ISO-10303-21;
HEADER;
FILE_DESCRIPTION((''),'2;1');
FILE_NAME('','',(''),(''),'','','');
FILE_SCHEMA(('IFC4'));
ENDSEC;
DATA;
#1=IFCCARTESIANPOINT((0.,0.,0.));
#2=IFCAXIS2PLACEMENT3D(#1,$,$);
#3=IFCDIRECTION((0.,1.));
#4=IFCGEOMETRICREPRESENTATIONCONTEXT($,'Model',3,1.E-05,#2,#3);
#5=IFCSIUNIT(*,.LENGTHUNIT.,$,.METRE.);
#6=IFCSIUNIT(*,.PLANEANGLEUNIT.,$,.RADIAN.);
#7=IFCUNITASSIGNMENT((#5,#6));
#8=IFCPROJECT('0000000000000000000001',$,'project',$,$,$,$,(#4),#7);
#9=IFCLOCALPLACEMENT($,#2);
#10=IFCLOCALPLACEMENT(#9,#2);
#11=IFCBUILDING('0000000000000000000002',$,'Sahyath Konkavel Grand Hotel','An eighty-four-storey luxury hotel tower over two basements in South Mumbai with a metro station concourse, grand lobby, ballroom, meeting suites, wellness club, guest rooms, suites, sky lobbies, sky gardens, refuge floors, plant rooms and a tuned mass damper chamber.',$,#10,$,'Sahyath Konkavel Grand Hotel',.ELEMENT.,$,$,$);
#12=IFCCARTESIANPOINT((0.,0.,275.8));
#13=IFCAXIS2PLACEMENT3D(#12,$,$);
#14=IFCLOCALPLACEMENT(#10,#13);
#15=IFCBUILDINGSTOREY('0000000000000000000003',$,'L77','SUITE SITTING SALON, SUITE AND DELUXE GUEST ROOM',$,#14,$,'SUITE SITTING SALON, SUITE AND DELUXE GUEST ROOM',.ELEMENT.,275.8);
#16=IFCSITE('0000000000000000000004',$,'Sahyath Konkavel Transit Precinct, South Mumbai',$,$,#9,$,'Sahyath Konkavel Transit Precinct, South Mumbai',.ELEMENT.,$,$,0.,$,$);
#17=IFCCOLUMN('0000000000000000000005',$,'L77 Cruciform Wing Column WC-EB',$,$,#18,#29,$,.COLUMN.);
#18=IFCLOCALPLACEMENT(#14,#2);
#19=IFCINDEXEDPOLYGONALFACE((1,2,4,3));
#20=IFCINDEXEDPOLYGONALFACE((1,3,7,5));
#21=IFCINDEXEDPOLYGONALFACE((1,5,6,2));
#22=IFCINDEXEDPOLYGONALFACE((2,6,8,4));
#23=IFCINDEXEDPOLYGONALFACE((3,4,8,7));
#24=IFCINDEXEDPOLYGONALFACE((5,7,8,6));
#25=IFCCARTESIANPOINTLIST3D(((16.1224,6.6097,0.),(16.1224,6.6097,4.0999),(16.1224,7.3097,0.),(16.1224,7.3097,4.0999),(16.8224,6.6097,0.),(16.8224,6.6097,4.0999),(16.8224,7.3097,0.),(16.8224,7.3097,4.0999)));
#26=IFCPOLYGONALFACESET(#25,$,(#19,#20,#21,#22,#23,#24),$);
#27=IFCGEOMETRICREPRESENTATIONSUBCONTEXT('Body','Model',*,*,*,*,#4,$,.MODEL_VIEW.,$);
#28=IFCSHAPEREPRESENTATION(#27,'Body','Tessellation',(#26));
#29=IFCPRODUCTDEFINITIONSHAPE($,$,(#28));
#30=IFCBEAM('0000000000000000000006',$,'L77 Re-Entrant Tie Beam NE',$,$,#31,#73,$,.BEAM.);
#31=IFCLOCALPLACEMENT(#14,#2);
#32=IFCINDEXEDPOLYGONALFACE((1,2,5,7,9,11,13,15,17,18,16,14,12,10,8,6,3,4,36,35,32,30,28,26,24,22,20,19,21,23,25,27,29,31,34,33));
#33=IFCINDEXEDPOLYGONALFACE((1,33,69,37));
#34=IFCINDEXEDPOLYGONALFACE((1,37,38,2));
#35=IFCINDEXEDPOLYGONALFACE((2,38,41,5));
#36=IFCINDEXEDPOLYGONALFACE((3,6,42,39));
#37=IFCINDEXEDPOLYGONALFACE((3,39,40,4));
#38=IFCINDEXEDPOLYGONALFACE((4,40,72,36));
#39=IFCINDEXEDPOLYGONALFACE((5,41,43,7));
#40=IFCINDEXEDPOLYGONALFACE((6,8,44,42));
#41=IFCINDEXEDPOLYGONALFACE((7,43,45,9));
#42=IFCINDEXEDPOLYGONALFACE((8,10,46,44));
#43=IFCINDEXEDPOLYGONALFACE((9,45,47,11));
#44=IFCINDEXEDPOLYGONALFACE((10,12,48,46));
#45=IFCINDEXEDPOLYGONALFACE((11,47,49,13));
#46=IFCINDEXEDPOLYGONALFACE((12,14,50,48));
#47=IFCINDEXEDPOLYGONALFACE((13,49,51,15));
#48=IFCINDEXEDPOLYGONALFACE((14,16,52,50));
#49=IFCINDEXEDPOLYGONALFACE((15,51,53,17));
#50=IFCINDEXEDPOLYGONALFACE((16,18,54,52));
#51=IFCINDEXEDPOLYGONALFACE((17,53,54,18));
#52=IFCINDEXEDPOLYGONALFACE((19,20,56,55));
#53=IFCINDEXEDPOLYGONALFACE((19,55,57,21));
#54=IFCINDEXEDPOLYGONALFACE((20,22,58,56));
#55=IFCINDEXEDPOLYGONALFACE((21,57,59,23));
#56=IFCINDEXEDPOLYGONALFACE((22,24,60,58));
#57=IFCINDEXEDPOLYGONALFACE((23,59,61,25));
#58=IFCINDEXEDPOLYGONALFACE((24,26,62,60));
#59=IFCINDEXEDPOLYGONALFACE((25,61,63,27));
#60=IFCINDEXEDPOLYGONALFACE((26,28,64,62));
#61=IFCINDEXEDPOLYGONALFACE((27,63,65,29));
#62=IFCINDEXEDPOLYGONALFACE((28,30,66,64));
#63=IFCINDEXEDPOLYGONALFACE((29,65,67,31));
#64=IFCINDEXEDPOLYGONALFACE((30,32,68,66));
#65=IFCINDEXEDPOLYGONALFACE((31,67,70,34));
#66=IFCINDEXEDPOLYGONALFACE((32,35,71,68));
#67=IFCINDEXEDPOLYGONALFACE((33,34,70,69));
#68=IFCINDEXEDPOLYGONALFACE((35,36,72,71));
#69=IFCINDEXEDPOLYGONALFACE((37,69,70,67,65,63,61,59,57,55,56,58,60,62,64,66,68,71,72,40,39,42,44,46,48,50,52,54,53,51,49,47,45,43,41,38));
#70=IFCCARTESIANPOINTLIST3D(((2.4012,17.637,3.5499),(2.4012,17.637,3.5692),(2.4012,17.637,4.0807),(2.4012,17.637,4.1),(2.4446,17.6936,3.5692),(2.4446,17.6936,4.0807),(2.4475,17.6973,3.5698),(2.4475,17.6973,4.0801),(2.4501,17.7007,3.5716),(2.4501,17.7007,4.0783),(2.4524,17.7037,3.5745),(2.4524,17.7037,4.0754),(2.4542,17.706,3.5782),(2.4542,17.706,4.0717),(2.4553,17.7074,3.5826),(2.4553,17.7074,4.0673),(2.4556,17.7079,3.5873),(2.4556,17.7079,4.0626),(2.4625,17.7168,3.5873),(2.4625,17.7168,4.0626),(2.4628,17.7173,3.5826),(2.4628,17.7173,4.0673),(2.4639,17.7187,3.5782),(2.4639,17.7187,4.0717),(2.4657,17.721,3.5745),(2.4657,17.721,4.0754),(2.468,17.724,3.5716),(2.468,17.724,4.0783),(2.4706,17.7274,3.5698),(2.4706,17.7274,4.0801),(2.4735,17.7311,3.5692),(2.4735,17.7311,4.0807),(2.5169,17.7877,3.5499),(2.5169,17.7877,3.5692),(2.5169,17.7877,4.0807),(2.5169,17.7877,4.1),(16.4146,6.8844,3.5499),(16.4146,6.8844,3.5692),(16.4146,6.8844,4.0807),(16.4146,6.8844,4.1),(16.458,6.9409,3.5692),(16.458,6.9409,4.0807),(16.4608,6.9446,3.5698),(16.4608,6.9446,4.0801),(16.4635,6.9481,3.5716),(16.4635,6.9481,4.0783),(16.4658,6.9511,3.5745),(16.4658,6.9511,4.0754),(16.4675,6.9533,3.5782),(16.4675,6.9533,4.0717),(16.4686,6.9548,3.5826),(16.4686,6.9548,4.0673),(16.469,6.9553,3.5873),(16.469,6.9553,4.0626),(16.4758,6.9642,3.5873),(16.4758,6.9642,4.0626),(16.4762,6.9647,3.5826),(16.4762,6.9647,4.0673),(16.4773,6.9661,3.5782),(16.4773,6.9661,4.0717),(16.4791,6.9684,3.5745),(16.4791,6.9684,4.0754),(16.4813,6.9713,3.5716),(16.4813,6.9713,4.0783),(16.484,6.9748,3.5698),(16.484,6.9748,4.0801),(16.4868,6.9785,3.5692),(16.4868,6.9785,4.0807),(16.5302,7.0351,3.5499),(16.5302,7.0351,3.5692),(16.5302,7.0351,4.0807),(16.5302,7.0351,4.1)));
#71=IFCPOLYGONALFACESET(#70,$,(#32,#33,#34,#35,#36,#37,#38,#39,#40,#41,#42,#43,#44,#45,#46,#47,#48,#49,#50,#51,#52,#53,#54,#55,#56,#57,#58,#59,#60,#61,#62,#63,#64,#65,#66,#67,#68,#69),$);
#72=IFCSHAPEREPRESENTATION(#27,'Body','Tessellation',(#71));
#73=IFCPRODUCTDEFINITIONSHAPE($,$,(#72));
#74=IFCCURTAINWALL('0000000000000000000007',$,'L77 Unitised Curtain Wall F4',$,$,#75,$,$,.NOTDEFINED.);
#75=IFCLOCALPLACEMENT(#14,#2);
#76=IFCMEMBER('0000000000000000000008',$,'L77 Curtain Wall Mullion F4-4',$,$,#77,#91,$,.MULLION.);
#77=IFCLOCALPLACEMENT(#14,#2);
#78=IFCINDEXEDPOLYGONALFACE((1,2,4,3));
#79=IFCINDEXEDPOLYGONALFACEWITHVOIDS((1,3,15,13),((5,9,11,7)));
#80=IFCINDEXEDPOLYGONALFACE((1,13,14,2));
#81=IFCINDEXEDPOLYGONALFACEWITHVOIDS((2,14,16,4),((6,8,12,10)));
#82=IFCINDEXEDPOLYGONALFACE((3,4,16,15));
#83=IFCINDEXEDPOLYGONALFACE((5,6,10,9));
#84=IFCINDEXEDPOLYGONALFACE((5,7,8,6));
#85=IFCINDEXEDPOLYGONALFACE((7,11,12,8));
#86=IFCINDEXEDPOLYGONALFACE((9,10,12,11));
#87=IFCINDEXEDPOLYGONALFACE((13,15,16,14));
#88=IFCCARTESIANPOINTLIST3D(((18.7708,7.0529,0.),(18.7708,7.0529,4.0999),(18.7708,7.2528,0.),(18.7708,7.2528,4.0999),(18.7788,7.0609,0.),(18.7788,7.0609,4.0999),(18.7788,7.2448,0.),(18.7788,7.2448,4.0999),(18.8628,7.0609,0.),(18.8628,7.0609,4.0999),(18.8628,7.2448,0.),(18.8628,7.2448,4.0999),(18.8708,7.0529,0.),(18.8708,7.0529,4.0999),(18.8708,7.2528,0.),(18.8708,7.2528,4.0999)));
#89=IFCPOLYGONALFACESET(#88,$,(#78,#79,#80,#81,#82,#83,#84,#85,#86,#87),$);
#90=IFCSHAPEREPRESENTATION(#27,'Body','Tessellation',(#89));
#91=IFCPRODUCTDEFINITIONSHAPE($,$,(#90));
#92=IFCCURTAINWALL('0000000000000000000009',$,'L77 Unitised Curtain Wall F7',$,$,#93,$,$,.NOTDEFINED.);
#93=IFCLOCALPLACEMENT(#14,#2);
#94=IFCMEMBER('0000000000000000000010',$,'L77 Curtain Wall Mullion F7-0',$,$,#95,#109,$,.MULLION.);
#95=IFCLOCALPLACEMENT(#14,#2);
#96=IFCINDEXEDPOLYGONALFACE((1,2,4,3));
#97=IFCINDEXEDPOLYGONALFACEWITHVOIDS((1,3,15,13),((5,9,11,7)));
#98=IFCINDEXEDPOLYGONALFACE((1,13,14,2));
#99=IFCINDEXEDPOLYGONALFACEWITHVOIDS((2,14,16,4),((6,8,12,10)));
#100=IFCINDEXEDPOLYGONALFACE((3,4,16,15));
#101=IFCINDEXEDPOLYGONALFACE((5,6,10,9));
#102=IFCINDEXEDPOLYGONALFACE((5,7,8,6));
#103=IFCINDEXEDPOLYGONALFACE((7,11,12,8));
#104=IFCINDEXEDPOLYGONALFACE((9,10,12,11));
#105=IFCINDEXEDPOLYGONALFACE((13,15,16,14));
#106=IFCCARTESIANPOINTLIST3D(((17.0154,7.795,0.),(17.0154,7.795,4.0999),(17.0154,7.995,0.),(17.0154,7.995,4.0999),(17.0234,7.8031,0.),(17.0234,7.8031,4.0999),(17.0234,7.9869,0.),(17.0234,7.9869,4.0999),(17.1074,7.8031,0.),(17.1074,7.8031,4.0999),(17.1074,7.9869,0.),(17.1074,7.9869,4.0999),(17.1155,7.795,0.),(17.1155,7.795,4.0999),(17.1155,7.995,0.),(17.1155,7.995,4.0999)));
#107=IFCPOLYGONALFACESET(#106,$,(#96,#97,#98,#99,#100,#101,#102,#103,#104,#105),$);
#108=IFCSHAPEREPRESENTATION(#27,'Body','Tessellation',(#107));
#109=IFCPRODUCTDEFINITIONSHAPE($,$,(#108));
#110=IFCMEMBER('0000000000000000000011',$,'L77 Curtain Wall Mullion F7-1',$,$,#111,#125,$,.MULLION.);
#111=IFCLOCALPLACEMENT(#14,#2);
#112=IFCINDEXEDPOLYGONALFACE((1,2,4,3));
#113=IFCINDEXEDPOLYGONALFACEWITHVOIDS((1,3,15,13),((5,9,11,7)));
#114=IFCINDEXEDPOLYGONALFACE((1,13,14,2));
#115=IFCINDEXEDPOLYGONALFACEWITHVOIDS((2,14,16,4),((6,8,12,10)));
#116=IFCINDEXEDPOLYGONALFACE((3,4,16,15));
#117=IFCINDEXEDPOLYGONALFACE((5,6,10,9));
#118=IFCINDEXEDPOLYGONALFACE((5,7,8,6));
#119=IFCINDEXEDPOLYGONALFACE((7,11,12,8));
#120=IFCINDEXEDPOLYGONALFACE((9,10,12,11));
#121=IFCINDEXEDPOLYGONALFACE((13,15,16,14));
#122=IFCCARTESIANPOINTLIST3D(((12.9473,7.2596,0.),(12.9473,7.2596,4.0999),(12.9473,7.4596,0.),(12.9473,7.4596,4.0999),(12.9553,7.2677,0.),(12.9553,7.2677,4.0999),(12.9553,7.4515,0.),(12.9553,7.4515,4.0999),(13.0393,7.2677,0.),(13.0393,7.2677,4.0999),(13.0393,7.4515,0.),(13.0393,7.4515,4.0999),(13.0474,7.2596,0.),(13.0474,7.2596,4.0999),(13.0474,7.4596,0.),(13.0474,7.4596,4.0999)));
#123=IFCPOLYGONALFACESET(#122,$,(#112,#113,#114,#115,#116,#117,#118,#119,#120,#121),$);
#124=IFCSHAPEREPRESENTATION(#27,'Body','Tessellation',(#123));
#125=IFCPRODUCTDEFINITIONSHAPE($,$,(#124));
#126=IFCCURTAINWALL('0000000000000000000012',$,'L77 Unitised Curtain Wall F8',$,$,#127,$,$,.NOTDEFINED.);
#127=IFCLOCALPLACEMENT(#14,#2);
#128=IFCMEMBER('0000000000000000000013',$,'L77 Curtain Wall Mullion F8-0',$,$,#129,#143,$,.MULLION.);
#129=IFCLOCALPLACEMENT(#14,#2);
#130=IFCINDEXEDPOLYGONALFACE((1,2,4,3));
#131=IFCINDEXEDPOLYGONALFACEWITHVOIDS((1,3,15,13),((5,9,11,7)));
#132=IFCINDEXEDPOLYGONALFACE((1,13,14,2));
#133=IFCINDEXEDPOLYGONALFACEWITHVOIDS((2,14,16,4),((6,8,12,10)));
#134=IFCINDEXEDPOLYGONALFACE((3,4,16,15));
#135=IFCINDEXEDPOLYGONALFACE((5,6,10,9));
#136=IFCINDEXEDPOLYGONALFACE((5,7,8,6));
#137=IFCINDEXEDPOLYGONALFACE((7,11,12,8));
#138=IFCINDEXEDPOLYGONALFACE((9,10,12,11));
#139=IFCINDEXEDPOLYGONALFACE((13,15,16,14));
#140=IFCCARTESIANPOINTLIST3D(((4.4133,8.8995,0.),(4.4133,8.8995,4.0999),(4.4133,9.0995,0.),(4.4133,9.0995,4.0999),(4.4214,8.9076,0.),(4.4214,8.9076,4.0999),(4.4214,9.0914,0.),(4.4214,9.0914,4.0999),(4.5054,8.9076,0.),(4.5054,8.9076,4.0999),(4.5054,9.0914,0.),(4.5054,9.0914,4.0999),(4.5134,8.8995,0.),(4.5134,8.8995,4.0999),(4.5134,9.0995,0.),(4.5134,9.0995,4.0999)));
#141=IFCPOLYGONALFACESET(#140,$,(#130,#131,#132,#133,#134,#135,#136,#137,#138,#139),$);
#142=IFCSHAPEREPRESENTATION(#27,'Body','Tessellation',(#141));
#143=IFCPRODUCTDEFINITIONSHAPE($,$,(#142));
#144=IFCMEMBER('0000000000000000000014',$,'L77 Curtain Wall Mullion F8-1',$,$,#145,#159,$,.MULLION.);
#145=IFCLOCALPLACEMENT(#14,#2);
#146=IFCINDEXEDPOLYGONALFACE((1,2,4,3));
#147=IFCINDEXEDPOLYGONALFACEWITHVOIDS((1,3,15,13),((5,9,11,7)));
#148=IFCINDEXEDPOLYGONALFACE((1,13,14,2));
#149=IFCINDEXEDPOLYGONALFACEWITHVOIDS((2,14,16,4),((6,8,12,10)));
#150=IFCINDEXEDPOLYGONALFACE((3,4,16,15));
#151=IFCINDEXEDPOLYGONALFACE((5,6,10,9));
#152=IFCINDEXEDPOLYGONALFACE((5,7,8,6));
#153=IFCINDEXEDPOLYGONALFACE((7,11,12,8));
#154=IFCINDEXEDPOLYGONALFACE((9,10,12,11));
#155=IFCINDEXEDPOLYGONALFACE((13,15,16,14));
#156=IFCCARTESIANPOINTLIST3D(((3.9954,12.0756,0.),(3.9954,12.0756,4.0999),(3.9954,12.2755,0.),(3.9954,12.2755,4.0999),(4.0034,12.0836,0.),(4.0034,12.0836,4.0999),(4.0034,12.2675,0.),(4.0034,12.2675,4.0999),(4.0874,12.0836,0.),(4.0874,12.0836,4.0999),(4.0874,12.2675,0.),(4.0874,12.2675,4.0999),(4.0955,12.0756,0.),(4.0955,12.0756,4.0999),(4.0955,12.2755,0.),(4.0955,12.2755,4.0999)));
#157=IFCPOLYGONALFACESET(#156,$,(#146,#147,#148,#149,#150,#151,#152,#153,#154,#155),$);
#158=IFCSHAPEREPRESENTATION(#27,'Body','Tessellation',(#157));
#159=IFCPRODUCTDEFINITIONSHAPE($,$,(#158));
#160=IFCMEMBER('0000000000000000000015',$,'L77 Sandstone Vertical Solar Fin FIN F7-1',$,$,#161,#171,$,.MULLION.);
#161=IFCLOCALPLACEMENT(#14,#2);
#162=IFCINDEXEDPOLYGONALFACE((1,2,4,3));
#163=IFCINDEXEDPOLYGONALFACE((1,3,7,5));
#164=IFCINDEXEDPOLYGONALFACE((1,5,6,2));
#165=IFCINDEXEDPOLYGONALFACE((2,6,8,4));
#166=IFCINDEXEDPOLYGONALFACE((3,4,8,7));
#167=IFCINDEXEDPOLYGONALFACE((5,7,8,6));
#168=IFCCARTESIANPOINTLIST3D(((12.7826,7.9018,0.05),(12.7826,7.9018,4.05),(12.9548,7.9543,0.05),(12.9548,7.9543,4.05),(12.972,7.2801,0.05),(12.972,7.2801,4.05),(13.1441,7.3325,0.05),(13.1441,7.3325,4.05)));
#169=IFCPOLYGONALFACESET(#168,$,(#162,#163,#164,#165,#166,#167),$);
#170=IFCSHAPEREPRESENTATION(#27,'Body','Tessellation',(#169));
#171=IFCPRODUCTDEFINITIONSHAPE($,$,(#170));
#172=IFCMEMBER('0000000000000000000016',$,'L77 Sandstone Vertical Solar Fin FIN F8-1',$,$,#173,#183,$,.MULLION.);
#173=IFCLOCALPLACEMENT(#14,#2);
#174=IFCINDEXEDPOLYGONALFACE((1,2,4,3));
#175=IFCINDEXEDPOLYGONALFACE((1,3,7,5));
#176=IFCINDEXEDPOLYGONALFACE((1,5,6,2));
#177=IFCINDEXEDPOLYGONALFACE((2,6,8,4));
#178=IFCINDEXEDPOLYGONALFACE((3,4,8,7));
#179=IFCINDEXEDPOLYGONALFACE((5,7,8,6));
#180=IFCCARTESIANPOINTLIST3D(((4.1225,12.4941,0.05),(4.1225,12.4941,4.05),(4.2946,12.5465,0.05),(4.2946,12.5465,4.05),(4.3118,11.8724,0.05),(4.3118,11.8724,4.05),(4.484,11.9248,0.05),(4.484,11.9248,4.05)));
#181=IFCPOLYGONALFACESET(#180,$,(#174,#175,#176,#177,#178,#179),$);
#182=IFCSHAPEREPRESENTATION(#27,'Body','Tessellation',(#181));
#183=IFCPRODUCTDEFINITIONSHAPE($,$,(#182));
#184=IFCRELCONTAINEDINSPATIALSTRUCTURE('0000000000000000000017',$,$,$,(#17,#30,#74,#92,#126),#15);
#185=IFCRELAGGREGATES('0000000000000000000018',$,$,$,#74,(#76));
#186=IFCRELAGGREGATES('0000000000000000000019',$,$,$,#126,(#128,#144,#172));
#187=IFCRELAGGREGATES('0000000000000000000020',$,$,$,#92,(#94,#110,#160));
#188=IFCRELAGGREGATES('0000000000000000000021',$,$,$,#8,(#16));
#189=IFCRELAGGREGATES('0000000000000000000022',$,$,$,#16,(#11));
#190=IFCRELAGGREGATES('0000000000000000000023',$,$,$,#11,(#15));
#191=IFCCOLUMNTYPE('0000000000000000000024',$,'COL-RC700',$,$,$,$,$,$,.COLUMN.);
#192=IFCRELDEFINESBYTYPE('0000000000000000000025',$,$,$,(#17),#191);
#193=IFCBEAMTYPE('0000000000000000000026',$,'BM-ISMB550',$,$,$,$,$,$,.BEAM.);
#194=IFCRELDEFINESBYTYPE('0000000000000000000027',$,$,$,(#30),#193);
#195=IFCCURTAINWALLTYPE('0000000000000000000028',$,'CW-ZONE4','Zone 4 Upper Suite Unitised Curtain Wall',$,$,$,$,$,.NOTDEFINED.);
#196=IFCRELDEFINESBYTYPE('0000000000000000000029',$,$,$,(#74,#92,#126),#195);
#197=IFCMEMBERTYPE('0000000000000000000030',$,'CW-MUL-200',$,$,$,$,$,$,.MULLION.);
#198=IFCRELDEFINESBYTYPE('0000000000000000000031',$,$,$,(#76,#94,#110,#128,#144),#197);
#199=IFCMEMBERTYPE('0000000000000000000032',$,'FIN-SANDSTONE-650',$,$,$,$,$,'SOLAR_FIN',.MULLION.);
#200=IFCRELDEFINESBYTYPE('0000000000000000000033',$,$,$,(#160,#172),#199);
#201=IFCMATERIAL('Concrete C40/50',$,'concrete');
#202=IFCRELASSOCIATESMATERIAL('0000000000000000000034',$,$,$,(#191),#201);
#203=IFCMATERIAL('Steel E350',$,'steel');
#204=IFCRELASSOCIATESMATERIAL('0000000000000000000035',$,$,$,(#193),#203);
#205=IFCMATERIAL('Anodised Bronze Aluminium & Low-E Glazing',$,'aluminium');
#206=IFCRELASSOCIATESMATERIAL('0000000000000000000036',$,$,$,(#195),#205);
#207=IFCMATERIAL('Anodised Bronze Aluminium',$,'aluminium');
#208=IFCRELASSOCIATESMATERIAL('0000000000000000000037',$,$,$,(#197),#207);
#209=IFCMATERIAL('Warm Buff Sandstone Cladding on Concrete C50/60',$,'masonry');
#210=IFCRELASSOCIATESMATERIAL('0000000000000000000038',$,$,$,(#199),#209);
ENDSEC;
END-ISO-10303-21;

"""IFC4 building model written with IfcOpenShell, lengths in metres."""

from ifc_helpers import new_model, si_unit, direction, frame, origin, origin_2d, place, context, subcontext, project, spatial, rectangle, hollow_rectangle, i_section, extrude, source, transform, mapped, material, material_profile, profile_set, type_object, element, aggregate, save


model = new_model("IFC4")

# Units and contexts
model_context = context("Model", 3, precision=1e-05, world=origin(), true_north=direction((0.0, 1.0)))
body_context = subcontext(model_context, "Body", "Model", "MODEL_VIEW")
ifc_project = project(units=[si_unit("LENGTHUNIT", "METRE"), si_unit("PLANEANGLEUNIT", "RADIAN")], contexts=[model_context])

# Site, building, storey
site_placement = place(None, origin())
site = spatial("IfcSite", under=ifc_project, at=site_placement, Name="Sahyath Konkavel Transit Precinct, South Mumbai", LongName="Sahyath Konkavel Transit Precinct, South Mumbai", CompositionType="ELEMENT", RefElevation=0.0)
building_placement = place(site_placement, origin())
building = spatial("IfcBuilding", under=site, at=building_placement, Name="Sahyath Konkavel Grand Hotel", Description="An eighty-four-storey luxury hotel tower over two basements in South Mumbai with a metro station concourse, grand lobby, ballroom, meeting suites, wellness club, guest rooms, suites, sky lobbies, sky gardens, refuge floors, plant rooms and a tuned mass damper chamber.", LongName="Sahyath Konkavel Grand Hotel", CompositionType="ELEMENT")
storey_placement = place(building_placement, frame((0.0, 0.0, 275.8)))
storey = spatial("IfcBuildingStorey", under=building, at=storey_placement, Name="L77", Description="SUITE SITTING SALON, SUITE AND DELUXE GUEST ROOM", LongName="SUITE SITTING SALON, SUITE AND DELUXE GUEST ROOM", CompositionType="ELEMENT", Elevation=275.8)

# Column
ifc_material_1 = material(Name="Concrete C40/50", Category="concrete")
ifc_material_profile_1 = material_profile(ifc_material_1, rectangle(XDim=0.7, YDim=0.7, at=origin_2d()), Name="RC 700x700")
ifc_profile_set_1 = profile_set([ifc_material_profile_1], Name="Concrete C40/50")
column_type = type_object("IfcColumnType", Name="COL-RC700", PredefinedType="COLUMN", material=ifc_profile_set_1)
shared_shape_1 = source(origin(), body_context, "Body", "SweptSolid", [
    extrude(rectangle(XDim=0.7, YDim=0.7, at=origin_2d()), origin(), (0.0, 0.0, 1.0), 4.0999),
])
column_placement = place(storey_placement, frame((16.4724, 6.9597, 0.0), z_axis=(0.0, 0.0, 1.0), x_axis=(1.0, 0.0, 0.0)))
element("IfcColumn", 1, at=column_placement, inside=storey, type_object=column_type, Name="L77 Cruciform Wing Column WC-EB", PredefinedType="COLUMN", context=body_context, shape_type="MappedRepresentation", body=[
    mapped(shared_shape_1, transform((0.0, 0.0, 0.0), scale=1.0)),
])

# Beam
ifc_material_2 = material(Name="Steel E350", Category="steel")
ifc_material_profile_2 = material_profile(ifc_material_2, i_section(OverallWidth=0.1899, OverallDepth=0.55, WebThickness=0.0112, FlangeThickness=0.0193, FilletRadius=0.0181, at=origin_2d()), Name="ISMB 550")
ifc_profile_set_2 = profile_set([ifc_material_profile_2], Name="Steel E350")
beam_type = type_object("IfcBeamType", Name="BM-ISMB550", PredefinedType="BEAM", material=ifc_profile_set_2)
shared_shape_2 = source(origin(), body_context, "Body", "SweptSolid", [
    extrude(i_section(OverallWidth=0.1899, OverallDepth=0.55, WebThickness=0.0112, FlangeThickness=0.0193, FilletRadius=0.0181, at=origin_2d()), origin(), (0.0, 0.0, 1.0), 17.6633),
])
beam_placement = place(storey_placement, frame((16.4724, 6.9597, 3.825), z_axis=(-0.793359, 0.608754, 0.0), x_axis=(-0.608754, -0.793359, 0.0)))
element("IfcBeam", 2, at=beam_placement, inside=storey, type_object=beam_type, Name="L77 Re-Entrant Tie Beam NE", PredefinedType="BEAM", context=body_context, shape_type="MappedRepresentation", body=[
    mapped(shared_shape_2, transform((0.0, 0.0, 0.0), scale=1.0)),
])

# Curtain wall, member
ifc_material_3 = material(Name="Anodised Bronze Aluminium & Low-E Glazing", Category="aluminium")
curtain_wall_type = type_object("IfcCurtainWallType", Name="CW-ZONE4", Description="Zone 4 Upper Suite Unitised Curtain Wall", PredefinedType="NOTDEFINED", material=ifc_material_3)
curtain_wall_1_placement = place(storey_placement, origin())
curtain_wall_1 = element("IfcCurtainWall", 3, at=curtain_wall_1_placement, inside=storey, type_object=curtain_wall_type, Name="L77 Unitised Curtain Wall F4", PredefinedType="NOTDEFINED")
ifc_material_4 = material(Name="Anodised Bronze Aluminium", Category="aluminium")
ifc_material_profile_3 = material_profile(ifc_material_4, hollow_rectangle(XDim=0.1001, YDim=0.2, WallThickness=0.0081, at=origin_2d()), Name="RHS 200x100x8")
ifc_profile_set_3 = profile_set([ifc_material_profile_3], Name="Anodised Bronze Aluminium")
member_type_1 = type_object("IfcMemberType", Name="CW-MUL-200", PredefinedType="MULLION", material=ifc_profile_set_3)
shared_shape_3 = source(origin(), body_context, "Body", "SweptSolid", [
    extrude(hollow_rectangle(XDim=0.1001, YDim=0.2, WallThickness=0.0081, at=origin_2d()), origin(), (0.0, 0.0, 1.0), 4.0999),
])
member_1_placement = place(storey_placement, frame((18.8208, 7.1528, 0.0), z_axis=(0.0, 0.0, 1.0), x_axis=(1.0, 0.0, 0.0)))
member_1 = element("IfcMember", 4, at=member_1_placement, type_object=member_type_1, Name="L77 Curtain Wall Mullion F4-4", PredefinedType="MULLION", context=body_context, shape_type="MappedRepresentation", body=[
    mapped(shared_shape_3, transform((0.0, 0.0, 0.0), scale=1.0)),
])
aggregate(curtain_wall_1, [member_1])

# Curtain walls, members
curtain_wall_2_placement = place(storey_placement, origin())
curtain_wall_2 = element("IfcCurtainWall", 5, at=curtain_wall_2_placement, inside=storey, type_object=curtain_wall_type, Name="L77 Unitised Curtain Wall F7", PredefinedType="NOTDEFINED")
member_2_placement = place(storey_placement, frame((17.0654, 7.895, 0.0), z_axis=(0.0, 0.0, 1.0), x_axis=(1.0, 0.0, 0.0)))
member_2 = element("IfcMember", 6, at=member_2_placement, type_object=member_type_1, Name="L77 Curtain Wall Mullion F7-0", PredefinedType="MULLION", context=body_context, shape_type="MappedRepresentation", body=[
    mapped(shared_shape_3, transform((0.0, 0.0, 0.0), scale=1.0)),
])
member_3_placement = place(storey_placement, frame((12.9973, 7.3596, 0.0), z_axis=(0.0, 0.0, 1.0), x_axis=(1.0, 0.0, 0.0)))
member_3 = element("IfcMember", 7, at=member_3_placement, type_object=member_type_1, Name="L77 Curtain Wall Mullion F7-1", PredefinedType="MULLION", context=body_context, shape_type="MappedRepresentation", body=[
    mapped(shared_shape_3, transform((0.0, 0.0, 0.0), scale=1.0)),
])
curtain_wall_3_placement = place(storey_placement, origin())
curtain_wall_3 = element("IfcCurtainWall", 8, at=curtain_wall_3_placement, inside=storey, type_object=curtain_wall_type, Name="L77 Unitised Curtain Wall F8", PredefinedType="NOTDEFINED")
member_4_placement = place(storey_placement, frame((4.4634, 8.9995, 0.0), z_axis=(0.0, 0.0, 1.0), x_axis=(1.0, 0.0, 0.0)))
member_4 = element("IfcMember", 9, at=member_4_placement, type_object=member_type_1, Name="L77 Curtain Wall Mullion F8-0", PredefinedType="MULLION", context=body_context, shape_type="MappedRepresentation", body=[
    mapped(shared_shape_3, transform((0.0, 0.0, 0.0), scale=1.0)),
])
member_5_placement = place(storey_placement, frame((4.0454, 12.1755, 0.0), z_axis=(0.0, 0.0, 1.0), x_axis=(1.0, 0.0, 0.0)))
member_5 = element("IfcMember", 10, at=member_5_placement, type_object=member_type_1, Name="L77 Curtain Wall Mullion F8-1", PredefinedType="MULLION", context=body_context, shape_type="MappedRepresentation", body=[
    mapped(shared_shape_3, transform((0.0, 0.0, 0.0), scale=1.0)),
])

# Members
ifc_material_5 = material(Name="Warm Buff Sandstone Cladding on Concrete C50/60", Category="masonry")
ifc_material_profile_4 = material_profile(ifc_material_5, rectangle(XDim=0.1799, YDim=0.6499, at=origin_2d()), Name="FIN 180x650")
ifc_profile_set_4 = profile_set([ifc_material_profile_4], Name="Warm Buff Sandstone Cladding on Concrete C50/60")
member_type_2 = type_object("IfcMemberType", Name="FIN-SANDSTONE-650", ElementType="SOLAR_FIN", PredefinedType="MULLION", material=ifc_profile_set_4)
shared_shape_4 = source(origin(), body_context, "Body", "SweptSolid", [
    extrude(rectangle(XDim=0.1799, YDim=0.6499, at=origin_2d()), origin(), (0.0, 0.0, 1.0), 4.0),
])
member_6_placement = place(storey_placement, frame((12.9634, 7.6172, 0.05), z_axis=(0.0, 0.0, 1.0), x_axis=(0.95661, 0.29137, 0.0)))
member_6 = element("IfcMember", 11, at=member_6_placement, type_object=member_type_2, Name="L77 Sandstone Vertical Solar Fin FIN F7-1", PredefinedType="MULLION", context=body_context, shape_type="MappedRepresentation", body=[
    mapped(shared_shape_4, transform((0.0, 0.0, 0.0), scale=1.0)),
])
member_7_placement = place(storey_placement, frame((4.3032, 12.2095, 0.05), z_axis=(0.0, 0.0, 1.0), x_axis=(0.95661, 0.29137, 0.0)))
member_7 = element("IfcMember", 12, at=member_7_placement, type_object=member_type_2, Name="L77 Sandstone Vertical Solar Fin FIN F8-1", PredefinedType="MULLION", context=body_context, shape_type="MappedRepresentation", body=[
    mapped(shared_shape_4, transform((0.0, 0.0, 0.0), scale=1.0)),
])

aggregate(curtain_wall_3, [member_4, member_5, member_7])
aggregate(curtain_wall_2, [member_2, member_3, member_6])

save(model, "model.ifc")
